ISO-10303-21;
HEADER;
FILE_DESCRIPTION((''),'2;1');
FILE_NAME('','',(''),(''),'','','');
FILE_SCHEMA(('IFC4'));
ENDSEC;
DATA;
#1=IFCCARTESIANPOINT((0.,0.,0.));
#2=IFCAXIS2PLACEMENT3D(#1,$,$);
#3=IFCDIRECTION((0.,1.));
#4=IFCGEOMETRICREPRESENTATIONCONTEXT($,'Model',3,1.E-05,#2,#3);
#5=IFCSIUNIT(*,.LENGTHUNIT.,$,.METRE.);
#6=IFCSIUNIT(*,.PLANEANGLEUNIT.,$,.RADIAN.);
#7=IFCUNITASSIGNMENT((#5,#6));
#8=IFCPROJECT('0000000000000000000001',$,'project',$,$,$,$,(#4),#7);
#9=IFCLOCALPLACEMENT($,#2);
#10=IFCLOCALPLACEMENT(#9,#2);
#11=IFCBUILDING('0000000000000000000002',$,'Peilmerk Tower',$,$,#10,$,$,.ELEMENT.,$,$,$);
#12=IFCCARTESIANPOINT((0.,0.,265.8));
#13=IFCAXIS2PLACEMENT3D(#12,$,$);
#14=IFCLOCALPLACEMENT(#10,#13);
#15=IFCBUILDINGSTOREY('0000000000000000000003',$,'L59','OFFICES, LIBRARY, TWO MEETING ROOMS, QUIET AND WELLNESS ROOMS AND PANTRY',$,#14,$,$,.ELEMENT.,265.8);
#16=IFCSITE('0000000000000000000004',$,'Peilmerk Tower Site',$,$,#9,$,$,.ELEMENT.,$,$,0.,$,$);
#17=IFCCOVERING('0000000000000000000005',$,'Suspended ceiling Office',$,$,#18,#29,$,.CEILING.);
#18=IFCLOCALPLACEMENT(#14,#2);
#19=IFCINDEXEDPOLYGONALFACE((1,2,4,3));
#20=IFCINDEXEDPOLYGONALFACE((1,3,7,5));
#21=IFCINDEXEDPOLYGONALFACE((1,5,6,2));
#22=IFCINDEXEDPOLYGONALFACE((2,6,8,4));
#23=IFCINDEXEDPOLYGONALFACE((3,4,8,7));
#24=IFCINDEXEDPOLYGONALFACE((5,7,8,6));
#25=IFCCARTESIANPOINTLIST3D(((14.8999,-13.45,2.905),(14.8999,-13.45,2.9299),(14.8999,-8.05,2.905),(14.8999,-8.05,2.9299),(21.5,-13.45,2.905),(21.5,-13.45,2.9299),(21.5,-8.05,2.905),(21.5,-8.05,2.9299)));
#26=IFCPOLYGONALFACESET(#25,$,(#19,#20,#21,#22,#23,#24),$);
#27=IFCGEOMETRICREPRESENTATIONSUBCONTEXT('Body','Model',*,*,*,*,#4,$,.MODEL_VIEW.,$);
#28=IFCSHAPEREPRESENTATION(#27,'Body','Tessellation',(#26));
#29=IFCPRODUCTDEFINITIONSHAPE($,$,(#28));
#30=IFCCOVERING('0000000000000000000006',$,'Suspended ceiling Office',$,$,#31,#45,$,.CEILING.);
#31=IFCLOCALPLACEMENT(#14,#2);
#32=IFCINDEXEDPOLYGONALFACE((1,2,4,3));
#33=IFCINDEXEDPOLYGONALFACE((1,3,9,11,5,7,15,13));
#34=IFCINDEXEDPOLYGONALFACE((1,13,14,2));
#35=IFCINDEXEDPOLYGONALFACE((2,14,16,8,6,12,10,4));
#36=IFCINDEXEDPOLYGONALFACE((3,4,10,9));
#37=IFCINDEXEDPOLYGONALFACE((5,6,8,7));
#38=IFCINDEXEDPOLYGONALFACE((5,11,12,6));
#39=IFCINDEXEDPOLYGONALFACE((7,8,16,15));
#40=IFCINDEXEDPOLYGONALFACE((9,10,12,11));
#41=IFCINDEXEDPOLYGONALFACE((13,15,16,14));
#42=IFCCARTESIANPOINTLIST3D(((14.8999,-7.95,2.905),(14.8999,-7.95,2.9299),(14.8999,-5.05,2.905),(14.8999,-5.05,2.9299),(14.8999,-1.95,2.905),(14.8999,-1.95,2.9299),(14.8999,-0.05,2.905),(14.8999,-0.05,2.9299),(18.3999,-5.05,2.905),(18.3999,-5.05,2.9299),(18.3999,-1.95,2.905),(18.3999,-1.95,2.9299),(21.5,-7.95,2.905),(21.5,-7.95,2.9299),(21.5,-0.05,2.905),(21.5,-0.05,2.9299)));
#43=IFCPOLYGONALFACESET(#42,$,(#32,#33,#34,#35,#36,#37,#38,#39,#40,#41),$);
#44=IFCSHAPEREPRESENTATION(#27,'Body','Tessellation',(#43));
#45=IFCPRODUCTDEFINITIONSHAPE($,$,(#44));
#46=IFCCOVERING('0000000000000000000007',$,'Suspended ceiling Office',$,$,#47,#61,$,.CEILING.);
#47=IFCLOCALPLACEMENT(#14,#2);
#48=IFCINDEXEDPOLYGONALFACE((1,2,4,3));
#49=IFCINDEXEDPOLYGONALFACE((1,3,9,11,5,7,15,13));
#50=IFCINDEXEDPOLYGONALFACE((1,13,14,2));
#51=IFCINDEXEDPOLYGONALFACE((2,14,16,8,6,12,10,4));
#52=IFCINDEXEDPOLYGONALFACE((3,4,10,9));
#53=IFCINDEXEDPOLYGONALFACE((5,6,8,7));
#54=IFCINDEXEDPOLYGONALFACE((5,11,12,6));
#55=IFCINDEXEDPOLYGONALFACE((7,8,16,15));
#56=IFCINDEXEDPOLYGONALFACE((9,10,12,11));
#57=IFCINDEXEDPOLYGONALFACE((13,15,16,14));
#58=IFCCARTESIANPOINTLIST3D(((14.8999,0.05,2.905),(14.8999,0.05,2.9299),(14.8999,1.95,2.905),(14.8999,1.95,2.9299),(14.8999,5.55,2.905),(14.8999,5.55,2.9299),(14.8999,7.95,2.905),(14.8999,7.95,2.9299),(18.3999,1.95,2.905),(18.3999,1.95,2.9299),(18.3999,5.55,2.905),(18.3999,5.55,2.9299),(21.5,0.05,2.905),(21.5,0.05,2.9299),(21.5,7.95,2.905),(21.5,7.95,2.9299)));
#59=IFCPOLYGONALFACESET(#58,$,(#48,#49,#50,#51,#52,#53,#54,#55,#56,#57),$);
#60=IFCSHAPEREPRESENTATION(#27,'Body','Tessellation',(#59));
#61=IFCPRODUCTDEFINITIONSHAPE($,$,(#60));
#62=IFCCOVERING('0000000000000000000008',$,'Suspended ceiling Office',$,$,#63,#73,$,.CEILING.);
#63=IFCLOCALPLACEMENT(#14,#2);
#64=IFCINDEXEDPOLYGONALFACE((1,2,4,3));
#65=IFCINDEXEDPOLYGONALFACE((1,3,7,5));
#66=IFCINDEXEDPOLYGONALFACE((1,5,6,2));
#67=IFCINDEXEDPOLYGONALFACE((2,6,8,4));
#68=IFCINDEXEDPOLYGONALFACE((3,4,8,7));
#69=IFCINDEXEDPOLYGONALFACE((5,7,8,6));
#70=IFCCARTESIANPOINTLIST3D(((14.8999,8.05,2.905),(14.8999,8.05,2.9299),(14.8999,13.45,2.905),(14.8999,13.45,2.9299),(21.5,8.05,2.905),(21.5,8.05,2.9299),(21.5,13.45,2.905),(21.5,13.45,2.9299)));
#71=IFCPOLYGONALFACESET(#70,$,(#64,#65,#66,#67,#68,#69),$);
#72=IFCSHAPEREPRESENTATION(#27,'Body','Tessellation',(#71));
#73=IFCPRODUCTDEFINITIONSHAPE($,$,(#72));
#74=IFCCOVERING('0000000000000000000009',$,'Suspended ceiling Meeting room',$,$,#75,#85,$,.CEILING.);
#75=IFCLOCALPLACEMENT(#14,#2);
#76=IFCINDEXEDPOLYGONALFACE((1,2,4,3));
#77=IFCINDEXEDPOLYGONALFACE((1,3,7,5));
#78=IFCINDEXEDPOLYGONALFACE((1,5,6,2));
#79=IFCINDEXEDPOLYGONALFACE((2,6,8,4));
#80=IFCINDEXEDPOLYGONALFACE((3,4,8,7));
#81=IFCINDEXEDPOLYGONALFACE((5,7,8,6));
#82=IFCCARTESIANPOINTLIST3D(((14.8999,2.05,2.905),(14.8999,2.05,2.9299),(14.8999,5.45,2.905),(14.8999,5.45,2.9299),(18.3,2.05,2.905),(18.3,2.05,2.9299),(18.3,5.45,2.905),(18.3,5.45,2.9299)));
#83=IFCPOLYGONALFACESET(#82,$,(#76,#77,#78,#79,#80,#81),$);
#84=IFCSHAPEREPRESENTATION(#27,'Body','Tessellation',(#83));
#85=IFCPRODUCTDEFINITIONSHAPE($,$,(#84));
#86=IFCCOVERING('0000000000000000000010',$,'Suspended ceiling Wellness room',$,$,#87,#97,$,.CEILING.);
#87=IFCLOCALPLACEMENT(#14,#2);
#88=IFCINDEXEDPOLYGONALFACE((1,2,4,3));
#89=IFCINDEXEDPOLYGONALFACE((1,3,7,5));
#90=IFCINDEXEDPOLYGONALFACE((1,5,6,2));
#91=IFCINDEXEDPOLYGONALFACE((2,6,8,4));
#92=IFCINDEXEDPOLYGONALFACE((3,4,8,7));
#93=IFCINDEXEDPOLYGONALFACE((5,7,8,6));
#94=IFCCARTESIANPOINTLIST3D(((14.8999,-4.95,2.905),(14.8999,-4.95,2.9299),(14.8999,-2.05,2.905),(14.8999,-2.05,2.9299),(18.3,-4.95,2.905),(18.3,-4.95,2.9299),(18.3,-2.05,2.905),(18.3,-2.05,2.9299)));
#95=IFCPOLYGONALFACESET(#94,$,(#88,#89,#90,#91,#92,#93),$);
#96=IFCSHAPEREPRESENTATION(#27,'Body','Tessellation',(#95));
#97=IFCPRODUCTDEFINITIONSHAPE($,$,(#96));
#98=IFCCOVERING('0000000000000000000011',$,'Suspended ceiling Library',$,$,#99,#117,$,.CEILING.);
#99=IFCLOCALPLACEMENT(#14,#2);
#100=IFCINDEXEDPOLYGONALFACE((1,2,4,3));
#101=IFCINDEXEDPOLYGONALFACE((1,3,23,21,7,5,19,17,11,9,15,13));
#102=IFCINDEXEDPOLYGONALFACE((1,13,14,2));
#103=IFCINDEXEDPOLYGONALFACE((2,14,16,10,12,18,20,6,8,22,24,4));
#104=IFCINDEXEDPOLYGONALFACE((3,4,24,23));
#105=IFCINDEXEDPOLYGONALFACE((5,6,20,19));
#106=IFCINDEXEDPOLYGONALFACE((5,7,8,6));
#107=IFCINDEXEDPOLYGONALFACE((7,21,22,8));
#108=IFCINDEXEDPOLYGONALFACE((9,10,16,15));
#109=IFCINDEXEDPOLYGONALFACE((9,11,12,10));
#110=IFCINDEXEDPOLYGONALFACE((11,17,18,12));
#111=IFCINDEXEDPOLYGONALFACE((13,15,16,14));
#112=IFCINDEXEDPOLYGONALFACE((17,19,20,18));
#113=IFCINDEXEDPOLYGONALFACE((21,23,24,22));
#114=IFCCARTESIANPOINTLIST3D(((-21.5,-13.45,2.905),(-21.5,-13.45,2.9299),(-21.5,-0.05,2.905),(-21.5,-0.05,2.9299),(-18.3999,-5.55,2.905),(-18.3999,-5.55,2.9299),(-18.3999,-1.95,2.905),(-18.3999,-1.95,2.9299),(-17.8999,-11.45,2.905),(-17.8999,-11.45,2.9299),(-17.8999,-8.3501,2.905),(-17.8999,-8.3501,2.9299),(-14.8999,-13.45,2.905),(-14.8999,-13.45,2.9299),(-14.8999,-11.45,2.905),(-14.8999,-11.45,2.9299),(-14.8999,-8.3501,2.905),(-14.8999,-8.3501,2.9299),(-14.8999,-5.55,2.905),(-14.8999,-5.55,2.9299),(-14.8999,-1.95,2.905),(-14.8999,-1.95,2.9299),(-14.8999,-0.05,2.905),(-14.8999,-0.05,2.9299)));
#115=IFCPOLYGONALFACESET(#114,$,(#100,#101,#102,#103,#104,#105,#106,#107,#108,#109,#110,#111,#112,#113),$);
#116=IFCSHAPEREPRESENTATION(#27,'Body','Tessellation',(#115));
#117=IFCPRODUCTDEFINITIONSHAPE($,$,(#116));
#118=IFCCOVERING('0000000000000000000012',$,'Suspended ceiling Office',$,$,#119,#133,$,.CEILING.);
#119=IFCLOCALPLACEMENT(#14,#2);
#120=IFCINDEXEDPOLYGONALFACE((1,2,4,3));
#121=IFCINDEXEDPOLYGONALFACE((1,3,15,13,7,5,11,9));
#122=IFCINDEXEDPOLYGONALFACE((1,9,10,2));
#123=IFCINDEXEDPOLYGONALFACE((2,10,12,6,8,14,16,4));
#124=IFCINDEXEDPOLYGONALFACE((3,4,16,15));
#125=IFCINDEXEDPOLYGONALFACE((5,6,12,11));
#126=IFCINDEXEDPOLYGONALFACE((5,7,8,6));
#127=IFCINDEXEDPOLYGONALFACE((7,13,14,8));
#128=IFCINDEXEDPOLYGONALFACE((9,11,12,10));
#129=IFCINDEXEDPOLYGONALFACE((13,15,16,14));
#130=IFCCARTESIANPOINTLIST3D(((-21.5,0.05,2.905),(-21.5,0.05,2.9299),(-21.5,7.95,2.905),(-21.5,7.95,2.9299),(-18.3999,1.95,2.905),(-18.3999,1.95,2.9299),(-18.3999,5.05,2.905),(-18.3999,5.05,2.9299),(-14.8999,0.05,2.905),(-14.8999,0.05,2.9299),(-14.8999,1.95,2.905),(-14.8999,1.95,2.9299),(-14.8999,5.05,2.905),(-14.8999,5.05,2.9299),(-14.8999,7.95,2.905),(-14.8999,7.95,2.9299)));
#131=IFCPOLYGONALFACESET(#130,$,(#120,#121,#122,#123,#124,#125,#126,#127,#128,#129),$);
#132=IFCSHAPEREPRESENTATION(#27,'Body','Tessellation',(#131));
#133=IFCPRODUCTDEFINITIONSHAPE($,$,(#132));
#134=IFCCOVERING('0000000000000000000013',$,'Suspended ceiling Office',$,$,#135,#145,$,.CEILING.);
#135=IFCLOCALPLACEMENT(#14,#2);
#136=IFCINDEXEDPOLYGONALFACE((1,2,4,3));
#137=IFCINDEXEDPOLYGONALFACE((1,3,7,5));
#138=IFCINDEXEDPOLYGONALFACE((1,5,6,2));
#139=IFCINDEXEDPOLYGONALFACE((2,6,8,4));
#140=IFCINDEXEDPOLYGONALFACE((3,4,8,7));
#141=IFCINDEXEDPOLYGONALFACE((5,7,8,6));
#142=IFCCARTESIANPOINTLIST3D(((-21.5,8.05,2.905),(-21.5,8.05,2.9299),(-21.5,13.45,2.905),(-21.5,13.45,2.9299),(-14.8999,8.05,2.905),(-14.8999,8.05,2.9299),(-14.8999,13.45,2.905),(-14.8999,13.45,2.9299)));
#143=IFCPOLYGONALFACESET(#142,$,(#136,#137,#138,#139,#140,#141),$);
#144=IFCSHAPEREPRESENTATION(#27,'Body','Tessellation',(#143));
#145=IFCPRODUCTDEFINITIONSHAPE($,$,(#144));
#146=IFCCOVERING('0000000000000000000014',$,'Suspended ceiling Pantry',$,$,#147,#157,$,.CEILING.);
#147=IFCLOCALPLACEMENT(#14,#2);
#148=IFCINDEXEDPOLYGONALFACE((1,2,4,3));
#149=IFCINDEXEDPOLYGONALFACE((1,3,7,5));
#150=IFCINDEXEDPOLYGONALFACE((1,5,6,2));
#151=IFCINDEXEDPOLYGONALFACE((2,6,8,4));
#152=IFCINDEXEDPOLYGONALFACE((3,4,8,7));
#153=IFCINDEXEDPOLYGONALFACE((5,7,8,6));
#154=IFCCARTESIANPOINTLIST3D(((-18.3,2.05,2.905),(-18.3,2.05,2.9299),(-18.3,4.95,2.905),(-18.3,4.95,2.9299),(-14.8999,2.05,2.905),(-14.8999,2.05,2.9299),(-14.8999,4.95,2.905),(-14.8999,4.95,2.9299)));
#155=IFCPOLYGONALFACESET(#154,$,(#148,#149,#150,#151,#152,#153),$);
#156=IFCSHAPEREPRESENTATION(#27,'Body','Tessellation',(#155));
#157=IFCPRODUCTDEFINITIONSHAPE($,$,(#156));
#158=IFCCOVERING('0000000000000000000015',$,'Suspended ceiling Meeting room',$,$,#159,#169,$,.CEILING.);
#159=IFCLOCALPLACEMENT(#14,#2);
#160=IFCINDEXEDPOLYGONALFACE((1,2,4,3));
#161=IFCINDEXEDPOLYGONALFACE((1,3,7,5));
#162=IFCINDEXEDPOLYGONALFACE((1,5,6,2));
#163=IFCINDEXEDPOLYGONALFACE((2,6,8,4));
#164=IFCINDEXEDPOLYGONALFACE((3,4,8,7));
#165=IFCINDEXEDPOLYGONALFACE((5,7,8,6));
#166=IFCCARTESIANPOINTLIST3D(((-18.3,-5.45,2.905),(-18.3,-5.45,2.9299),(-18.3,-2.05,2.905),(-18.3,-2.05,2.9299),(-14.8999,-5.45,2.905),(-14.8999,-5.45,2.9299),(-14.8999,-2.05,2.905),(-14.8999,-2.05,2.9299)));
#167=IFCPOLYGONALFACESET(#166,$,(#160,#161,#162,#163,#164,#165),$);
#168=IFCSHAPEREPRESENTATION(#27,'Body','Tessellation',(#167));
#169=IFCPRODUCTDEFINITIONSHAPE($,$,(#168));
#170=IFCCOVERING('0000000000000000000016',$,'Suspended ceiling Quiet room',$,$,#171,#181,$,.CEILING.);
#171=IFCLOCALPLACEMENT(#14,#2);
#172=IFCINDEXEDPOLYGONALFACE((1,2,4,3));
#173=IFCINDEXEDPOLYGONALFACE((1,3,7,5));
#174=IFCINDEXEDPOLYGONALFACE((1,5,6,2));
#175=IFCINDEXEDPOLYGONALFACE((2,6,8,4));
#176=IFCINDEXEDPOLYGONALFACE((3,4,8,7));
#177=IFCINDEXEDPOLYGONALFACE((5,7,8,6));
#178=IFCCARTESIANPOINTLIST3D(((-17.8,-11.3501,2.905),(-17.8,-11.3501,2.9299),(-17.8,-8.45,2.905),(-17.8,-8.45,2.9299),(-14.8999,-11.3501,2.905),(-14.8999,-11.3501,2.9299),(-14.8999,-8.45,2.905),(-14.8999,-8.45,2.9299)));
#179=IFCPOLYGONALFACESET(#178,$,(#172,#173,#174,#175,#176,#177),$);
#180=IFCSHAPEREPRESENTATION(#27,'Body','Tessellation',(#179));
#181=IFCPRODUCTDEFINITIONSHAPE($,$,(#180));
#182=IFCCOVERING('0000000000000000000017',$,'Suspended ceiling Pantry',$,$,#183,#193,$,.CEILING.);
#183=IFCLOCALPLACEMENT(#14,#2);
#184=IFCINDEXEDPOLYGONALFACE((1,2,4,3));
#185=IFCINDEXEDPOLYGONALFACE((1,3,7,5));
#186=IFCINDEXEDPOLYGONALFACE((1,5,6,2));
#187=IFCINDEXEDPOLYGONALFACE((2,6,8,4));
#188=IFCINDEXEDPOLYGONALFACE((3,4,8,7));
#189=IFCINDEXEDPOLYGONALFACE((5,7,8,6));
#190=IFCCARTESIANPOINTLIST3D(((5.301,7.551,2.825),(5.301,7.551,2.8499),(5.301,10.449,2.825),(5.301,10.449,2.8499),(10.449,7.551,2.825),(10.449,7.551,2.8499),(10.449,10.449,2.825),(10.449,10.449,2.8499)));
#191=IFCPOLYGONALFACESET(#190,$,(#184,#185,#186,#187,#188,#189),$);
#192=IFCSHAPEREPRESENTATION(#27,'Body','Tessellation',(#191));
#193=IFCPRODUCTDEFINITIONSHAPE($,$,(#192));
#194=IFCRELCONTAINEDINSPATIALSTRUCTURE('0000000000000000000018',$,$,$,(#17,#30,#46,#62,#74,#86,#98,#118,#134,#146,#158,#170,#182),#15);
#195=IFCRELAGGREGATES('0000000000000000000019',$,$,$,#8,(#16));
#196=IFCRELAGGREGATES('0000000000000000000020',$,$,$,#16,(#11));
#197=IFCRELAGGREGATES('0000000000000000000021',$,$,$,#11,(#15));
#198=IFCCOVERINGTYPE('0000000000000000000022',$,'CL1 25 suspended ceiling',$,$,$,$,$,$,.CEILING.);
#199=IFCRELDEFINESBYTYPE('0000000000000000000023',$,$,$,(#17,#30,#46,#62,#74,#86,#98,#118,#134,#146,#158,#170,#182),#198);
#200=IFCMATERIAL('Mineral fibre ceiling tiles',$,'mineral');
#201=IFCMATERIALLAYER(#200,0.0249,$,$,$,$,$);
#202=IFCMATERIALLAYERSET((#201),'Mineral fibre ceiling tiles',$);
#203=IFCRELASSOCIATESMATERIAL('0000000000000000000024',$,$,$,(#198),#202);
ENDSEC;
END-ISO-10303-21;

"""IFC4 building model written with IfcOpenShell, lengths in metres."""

from ifc_helpers import new_model, si_unit, direction, frame, origin, place, context, subcontext, project, spatial, polyline, outline, extrude, material, layer, layer_set, type_object, element, save


model = new_model("IFC4")

# Units and contexts
model_context = context("Model", 3, precision=1e-05, world=origin(), true_north=direction((0.0, 1.0)))
body_context = subcontext(model_context, "Body", "Model", "MODEL_VIEW")
ifc_project = project(units=[si_unit("LENGTHUNIT", "METRE"), si_unit("PLANEANGLEUNIT", "RADIAN")], contexts=[model_context])

# Site, building, storey
site_placement = place(None, origin())
site = spatial("IfcSite", under=ifc_project, at=site_placement, Name="Peilmerk Tower Site", CompositionType="ELEMENT", RefElevation=0.0)
building_placement = place(site_placement, origin())
building = spatial("IfcBuilding", under=site, at=building_placement, Name="Peilmerk Tower", CompositionType="ELEMENT")
storey_placement = place(building_placement, frame((0.0, 0.0, 265.8)))
storey = spatial("IfcBuildingStorey", under=building, at=storey_placement, Name="L59", Description="OFFICES, LIBRARY, TWO MEETING ROOMS, QUIET AND WELLNESS ROOMS AND PANTRY", CompositionType="ELEMENT", Elevation=265.8)

# Coverings
ifc_material_1 = material(Name="Mineral fibre ceiling tiles", Category="mineral")
ifc_layer_1 = layer(ifc_material_1, 0.0249)
ifc_layer_set_1 = layer_set([ifc_layer_1], Name="Mineral fibre ceiling tiles")
covering_type = type_object("IfcCoveringType", Name="CL1 25 suspended ceiling", PredefinedType="CEILING", material=ifc_layer_set_1)
covering_1_placement = place(storey_placement, frame((0.0, 0.0, 2.905)))
element("IfcCovering", 1, at=covering_1_placement, inside=storey, type_object=covering_type, Name="Suspended ceiling Office", PredefinedType="CEILING", context=body_context, shape_type="SweptSolid", body=[
    extrude(outline(polyline([(21.5, -13.45), (21.5, -8.05), (14.8999, -8.05), (14.8999, -13.45), (21.5, -13.45)])), origin(), (0.0, 0.0, 1.0), 0.0249),
])
covering_2_placement = place(storey_placement, frame((0.0, 0.0, 2.905)))
element("IfcCovering", 2, at=covering_2_placement, inside=storey, type_object=covering_type, Name="Suspended ceiling Office", PredefinedType="CEILING", context=body_context, shape_type="SweptSolid", body=[
    extrude(outline(polyline([(14.8999, -7.95), (21.5, -7.95), (21.5, -0.05), (14.8999, -0.05), (14.8999, -1.95), (18.3999, -1.95), (18.3999, -5.05), (14.8999, -5.05), (14.8999, -7.95)])), origin(), (0.0, 0.0, 1.0), 0.0249),
])
covering_3_placement = place(storey_placement, frame((0.0, 0.0, 2.905)))
element("IfcCovering", 3, at=covering_3_placement, inside=storey, type_object=covering_type, Name="Suspended ceiling Office", PredefinedType="CEILING", context=body_context, shape_type="SweptSolid", body=[
    extrude(outline(polyline([(14.8999, 0.05), (21.5, 0.05), (21.5, 7.95), (14.8999, 7.95), (14.8999, 5.55), (18.3999, 5.55), (18.3999, 1.95), (14.8999, 1.95), (14.8999, 0.05)])), origin(), (0.0, 0.0, 1.0), 0.0249),
])
covering_4_placement = place(storey_placement, frame((0.0, 0.0, 2.905)))
element("IfcCovering", 4, at=covering_4_placement, inside=storey, type_object=covering_type, Name="Suspended ceiling Office", PredefinedType="CEILING", context=body_context, shape_type="SweptSolid", body=[
    extrude(outline(polyline([(21.5, 8.05), (21.5, 13.45), (14.8999, 13.45), (14.8999, 8.05), (21.5, 8.05)])), origin(), (0.0, 0.0, 1.0), 0.0249),
])
covering_5_placement = place(storey_placement, frame((0.0, 0.0, 2.905)))
element("IfcCovering", 5, at=covering_5_placement, inside=storey, type_object=covering_type, Name="Suspended ceiling Meeting room", PredefinedType="CEILING", context=body_context, shape_type="SweptSolid", body=[
    extrude(outline(polyline([(18.3, 2.05), (18.3, 5.45), (14.8999, 5.45), (14.8999, 2.05), (18.3, 2.05)])), origin(), (0.0, 0.0, 1.0), 0.0249),
])
covering_6_placement = place(storey_placement, frame((0.0, 0.0, 2.905)))
element("IfcCovering", 6, at=covering_6_placement, inside=storey, type_object=covering_type, Name="Suspended ceiling Wellness room", PredefinedType="CEILING", context=body_context, shape_type="SweptSolid", body=[
    extrude(outline(polyline([(18.3, -4.95), (18.3, -2.05), (14.8999, -2.05), (14.8999, -4.95), (18.3, -4.95)])), origin(), (0.0, 0.0, 1.0), 0.0249),
])
covering_7_placement = place(storey_placement, frame((0.0, 0.0, 2.905)))
element("IfcCovering", 7, at=covering_7_placement, inside=storey, type_object=covering_type, Name="Suspended ceiling Library", PredefinedType="CEILING", context=body_context, shape_type="SweptSolid", body=[
    extrude(outline(polyline([(-14.8999, -0.05), (-21.5, -0.05), (-21.5, -13.45), (-14.8999, -13.45), (-14.8999, -11.45), (-17.8999, -11.45), (-17.8999, -8.3501), (-14.8999, -8.3501), (-14.8999, -5.55), (-18.3999, -5.55), (-18.3999, -1.95), (-14.8999, -1.95), (-14.8999, -0.05)])), origin(), (0.0, 0.0, 1.0), 0.0249),
])
covering_8_placement = place(storey_placement, frame((0.0, 0.0, 2.905)))
element("IfcCovering", 8, at=covering_8_placement, inside=storey, type_object=covering_type, Name="Suspended ceiling Office", PredefinedType="CEILING", context=body_context, shape_type="SweptSolid", body=[
    extrude(outline(polyline([(-14.8999, 7.95), (-21.5, 7.95), (-21.5, 0.05), (-14.8999, 0.05), (-14.8999, 1.95), (-18.3999, 1.95), (-18.3999, 5.05), (-14.8999, 5.05), (-14.8999, 7.95)])), origin(), (0.0, 0.0, 1.0), 0.0249),
])
covering_9_placement = place(storey_placement, frame((0.0, 0.0, 2.905)))
element("IfcCovering", 9, at=covering_9_placement, inside=storey, type_object=covering_type, Name="Suspended ceiling Office", PredefinedType="CEILING", context=body_context, shape_type="SweptSolid", body=[
    extrude(outline(polyline([(-21.5, 13.45), (-21.5, 8.05), (-14.8999, 8.05), (-14.8999, 13.45), (-21.5, 13.45)])), origin(), (0.0, 0.0, 1.0), 0.0249),
])
covering_10_placement = place(storey_placement, frame((0.0, 0.0, 2.905)))
element("IfcCovering", 10, at=covering_10_placement, inside=storey, type_object=covering_type, Name="Suspended ceiling Pantry", PredefinedType="CEILING", context=body_context, shape_type="SweptSolid", body=[
    extrude(outline(polyline([(-14.8999, 2.05), (-14.8999, 4.95), (-18.3, 4.95), (-18.3, 2.05), (-14.8999, 2.05)])), origin(), (0.0, 0.0, 1.0), 0.0249),
])
covering_11_placement = place(storey_placement, frame((0.0, 0.0, 2.905)))
element("IfcCovering", 11, at=covering_11_placement, inside=storey, type_object=covering_type, Name="Suspended ceiling Meeting room", PredefinedType="CEILING", context=body_context, shape_type="SweptSolid", body=[
    extrude(outline(polyline([(-14.8999, -5.45), (-14.8999, -2.05), (-18.3, -2.05), (-18.3, -5.45), (-14.8999, -5.45)])), origin(), (0.0, 0.0, 1.0), 0.0249),
])
covering_12_placement = place(storey_placement, frame((0.0, 0.0, 2.905)))
element("IfcCovering", 12, at=covering_12_placement, inside=storey, type_object=covering_type, Name="Suspended ceiling Quiet room", PredefinedType="CEILING", context=body_context, shape_type="SweptSolid", body=[
    extrude(outline(polyline([(-14.8999, -11.3501), (-14.8999, -8.45), (-17.8, -8.45), (-17.8, -11.3501), (-14.8999, -11.3501)])), origin(), (0.0, 0.0, 1.0), 0.0249),
])
covering_13_placement = place(storey_placement, frame((0.0, 0.0, 2.825)))
element("IfcCovering", 13, at=covering_13_placement, inside=storey, type_object=covering_type, Name="Suspended ceiling Pantry", PredefinedType="CEILING", context=body_context, shape_type="SweptSolid", body=[
    extrude(outline(polyline([(10.449, 7.551), (10.449, 10.449), (5.301, 10.449), (5.301, 7.551), (10.449, 7.551)])), origin(), (0.0, 0.0, 1.0), 0.0249),
])

save(model, "model.ifc")
